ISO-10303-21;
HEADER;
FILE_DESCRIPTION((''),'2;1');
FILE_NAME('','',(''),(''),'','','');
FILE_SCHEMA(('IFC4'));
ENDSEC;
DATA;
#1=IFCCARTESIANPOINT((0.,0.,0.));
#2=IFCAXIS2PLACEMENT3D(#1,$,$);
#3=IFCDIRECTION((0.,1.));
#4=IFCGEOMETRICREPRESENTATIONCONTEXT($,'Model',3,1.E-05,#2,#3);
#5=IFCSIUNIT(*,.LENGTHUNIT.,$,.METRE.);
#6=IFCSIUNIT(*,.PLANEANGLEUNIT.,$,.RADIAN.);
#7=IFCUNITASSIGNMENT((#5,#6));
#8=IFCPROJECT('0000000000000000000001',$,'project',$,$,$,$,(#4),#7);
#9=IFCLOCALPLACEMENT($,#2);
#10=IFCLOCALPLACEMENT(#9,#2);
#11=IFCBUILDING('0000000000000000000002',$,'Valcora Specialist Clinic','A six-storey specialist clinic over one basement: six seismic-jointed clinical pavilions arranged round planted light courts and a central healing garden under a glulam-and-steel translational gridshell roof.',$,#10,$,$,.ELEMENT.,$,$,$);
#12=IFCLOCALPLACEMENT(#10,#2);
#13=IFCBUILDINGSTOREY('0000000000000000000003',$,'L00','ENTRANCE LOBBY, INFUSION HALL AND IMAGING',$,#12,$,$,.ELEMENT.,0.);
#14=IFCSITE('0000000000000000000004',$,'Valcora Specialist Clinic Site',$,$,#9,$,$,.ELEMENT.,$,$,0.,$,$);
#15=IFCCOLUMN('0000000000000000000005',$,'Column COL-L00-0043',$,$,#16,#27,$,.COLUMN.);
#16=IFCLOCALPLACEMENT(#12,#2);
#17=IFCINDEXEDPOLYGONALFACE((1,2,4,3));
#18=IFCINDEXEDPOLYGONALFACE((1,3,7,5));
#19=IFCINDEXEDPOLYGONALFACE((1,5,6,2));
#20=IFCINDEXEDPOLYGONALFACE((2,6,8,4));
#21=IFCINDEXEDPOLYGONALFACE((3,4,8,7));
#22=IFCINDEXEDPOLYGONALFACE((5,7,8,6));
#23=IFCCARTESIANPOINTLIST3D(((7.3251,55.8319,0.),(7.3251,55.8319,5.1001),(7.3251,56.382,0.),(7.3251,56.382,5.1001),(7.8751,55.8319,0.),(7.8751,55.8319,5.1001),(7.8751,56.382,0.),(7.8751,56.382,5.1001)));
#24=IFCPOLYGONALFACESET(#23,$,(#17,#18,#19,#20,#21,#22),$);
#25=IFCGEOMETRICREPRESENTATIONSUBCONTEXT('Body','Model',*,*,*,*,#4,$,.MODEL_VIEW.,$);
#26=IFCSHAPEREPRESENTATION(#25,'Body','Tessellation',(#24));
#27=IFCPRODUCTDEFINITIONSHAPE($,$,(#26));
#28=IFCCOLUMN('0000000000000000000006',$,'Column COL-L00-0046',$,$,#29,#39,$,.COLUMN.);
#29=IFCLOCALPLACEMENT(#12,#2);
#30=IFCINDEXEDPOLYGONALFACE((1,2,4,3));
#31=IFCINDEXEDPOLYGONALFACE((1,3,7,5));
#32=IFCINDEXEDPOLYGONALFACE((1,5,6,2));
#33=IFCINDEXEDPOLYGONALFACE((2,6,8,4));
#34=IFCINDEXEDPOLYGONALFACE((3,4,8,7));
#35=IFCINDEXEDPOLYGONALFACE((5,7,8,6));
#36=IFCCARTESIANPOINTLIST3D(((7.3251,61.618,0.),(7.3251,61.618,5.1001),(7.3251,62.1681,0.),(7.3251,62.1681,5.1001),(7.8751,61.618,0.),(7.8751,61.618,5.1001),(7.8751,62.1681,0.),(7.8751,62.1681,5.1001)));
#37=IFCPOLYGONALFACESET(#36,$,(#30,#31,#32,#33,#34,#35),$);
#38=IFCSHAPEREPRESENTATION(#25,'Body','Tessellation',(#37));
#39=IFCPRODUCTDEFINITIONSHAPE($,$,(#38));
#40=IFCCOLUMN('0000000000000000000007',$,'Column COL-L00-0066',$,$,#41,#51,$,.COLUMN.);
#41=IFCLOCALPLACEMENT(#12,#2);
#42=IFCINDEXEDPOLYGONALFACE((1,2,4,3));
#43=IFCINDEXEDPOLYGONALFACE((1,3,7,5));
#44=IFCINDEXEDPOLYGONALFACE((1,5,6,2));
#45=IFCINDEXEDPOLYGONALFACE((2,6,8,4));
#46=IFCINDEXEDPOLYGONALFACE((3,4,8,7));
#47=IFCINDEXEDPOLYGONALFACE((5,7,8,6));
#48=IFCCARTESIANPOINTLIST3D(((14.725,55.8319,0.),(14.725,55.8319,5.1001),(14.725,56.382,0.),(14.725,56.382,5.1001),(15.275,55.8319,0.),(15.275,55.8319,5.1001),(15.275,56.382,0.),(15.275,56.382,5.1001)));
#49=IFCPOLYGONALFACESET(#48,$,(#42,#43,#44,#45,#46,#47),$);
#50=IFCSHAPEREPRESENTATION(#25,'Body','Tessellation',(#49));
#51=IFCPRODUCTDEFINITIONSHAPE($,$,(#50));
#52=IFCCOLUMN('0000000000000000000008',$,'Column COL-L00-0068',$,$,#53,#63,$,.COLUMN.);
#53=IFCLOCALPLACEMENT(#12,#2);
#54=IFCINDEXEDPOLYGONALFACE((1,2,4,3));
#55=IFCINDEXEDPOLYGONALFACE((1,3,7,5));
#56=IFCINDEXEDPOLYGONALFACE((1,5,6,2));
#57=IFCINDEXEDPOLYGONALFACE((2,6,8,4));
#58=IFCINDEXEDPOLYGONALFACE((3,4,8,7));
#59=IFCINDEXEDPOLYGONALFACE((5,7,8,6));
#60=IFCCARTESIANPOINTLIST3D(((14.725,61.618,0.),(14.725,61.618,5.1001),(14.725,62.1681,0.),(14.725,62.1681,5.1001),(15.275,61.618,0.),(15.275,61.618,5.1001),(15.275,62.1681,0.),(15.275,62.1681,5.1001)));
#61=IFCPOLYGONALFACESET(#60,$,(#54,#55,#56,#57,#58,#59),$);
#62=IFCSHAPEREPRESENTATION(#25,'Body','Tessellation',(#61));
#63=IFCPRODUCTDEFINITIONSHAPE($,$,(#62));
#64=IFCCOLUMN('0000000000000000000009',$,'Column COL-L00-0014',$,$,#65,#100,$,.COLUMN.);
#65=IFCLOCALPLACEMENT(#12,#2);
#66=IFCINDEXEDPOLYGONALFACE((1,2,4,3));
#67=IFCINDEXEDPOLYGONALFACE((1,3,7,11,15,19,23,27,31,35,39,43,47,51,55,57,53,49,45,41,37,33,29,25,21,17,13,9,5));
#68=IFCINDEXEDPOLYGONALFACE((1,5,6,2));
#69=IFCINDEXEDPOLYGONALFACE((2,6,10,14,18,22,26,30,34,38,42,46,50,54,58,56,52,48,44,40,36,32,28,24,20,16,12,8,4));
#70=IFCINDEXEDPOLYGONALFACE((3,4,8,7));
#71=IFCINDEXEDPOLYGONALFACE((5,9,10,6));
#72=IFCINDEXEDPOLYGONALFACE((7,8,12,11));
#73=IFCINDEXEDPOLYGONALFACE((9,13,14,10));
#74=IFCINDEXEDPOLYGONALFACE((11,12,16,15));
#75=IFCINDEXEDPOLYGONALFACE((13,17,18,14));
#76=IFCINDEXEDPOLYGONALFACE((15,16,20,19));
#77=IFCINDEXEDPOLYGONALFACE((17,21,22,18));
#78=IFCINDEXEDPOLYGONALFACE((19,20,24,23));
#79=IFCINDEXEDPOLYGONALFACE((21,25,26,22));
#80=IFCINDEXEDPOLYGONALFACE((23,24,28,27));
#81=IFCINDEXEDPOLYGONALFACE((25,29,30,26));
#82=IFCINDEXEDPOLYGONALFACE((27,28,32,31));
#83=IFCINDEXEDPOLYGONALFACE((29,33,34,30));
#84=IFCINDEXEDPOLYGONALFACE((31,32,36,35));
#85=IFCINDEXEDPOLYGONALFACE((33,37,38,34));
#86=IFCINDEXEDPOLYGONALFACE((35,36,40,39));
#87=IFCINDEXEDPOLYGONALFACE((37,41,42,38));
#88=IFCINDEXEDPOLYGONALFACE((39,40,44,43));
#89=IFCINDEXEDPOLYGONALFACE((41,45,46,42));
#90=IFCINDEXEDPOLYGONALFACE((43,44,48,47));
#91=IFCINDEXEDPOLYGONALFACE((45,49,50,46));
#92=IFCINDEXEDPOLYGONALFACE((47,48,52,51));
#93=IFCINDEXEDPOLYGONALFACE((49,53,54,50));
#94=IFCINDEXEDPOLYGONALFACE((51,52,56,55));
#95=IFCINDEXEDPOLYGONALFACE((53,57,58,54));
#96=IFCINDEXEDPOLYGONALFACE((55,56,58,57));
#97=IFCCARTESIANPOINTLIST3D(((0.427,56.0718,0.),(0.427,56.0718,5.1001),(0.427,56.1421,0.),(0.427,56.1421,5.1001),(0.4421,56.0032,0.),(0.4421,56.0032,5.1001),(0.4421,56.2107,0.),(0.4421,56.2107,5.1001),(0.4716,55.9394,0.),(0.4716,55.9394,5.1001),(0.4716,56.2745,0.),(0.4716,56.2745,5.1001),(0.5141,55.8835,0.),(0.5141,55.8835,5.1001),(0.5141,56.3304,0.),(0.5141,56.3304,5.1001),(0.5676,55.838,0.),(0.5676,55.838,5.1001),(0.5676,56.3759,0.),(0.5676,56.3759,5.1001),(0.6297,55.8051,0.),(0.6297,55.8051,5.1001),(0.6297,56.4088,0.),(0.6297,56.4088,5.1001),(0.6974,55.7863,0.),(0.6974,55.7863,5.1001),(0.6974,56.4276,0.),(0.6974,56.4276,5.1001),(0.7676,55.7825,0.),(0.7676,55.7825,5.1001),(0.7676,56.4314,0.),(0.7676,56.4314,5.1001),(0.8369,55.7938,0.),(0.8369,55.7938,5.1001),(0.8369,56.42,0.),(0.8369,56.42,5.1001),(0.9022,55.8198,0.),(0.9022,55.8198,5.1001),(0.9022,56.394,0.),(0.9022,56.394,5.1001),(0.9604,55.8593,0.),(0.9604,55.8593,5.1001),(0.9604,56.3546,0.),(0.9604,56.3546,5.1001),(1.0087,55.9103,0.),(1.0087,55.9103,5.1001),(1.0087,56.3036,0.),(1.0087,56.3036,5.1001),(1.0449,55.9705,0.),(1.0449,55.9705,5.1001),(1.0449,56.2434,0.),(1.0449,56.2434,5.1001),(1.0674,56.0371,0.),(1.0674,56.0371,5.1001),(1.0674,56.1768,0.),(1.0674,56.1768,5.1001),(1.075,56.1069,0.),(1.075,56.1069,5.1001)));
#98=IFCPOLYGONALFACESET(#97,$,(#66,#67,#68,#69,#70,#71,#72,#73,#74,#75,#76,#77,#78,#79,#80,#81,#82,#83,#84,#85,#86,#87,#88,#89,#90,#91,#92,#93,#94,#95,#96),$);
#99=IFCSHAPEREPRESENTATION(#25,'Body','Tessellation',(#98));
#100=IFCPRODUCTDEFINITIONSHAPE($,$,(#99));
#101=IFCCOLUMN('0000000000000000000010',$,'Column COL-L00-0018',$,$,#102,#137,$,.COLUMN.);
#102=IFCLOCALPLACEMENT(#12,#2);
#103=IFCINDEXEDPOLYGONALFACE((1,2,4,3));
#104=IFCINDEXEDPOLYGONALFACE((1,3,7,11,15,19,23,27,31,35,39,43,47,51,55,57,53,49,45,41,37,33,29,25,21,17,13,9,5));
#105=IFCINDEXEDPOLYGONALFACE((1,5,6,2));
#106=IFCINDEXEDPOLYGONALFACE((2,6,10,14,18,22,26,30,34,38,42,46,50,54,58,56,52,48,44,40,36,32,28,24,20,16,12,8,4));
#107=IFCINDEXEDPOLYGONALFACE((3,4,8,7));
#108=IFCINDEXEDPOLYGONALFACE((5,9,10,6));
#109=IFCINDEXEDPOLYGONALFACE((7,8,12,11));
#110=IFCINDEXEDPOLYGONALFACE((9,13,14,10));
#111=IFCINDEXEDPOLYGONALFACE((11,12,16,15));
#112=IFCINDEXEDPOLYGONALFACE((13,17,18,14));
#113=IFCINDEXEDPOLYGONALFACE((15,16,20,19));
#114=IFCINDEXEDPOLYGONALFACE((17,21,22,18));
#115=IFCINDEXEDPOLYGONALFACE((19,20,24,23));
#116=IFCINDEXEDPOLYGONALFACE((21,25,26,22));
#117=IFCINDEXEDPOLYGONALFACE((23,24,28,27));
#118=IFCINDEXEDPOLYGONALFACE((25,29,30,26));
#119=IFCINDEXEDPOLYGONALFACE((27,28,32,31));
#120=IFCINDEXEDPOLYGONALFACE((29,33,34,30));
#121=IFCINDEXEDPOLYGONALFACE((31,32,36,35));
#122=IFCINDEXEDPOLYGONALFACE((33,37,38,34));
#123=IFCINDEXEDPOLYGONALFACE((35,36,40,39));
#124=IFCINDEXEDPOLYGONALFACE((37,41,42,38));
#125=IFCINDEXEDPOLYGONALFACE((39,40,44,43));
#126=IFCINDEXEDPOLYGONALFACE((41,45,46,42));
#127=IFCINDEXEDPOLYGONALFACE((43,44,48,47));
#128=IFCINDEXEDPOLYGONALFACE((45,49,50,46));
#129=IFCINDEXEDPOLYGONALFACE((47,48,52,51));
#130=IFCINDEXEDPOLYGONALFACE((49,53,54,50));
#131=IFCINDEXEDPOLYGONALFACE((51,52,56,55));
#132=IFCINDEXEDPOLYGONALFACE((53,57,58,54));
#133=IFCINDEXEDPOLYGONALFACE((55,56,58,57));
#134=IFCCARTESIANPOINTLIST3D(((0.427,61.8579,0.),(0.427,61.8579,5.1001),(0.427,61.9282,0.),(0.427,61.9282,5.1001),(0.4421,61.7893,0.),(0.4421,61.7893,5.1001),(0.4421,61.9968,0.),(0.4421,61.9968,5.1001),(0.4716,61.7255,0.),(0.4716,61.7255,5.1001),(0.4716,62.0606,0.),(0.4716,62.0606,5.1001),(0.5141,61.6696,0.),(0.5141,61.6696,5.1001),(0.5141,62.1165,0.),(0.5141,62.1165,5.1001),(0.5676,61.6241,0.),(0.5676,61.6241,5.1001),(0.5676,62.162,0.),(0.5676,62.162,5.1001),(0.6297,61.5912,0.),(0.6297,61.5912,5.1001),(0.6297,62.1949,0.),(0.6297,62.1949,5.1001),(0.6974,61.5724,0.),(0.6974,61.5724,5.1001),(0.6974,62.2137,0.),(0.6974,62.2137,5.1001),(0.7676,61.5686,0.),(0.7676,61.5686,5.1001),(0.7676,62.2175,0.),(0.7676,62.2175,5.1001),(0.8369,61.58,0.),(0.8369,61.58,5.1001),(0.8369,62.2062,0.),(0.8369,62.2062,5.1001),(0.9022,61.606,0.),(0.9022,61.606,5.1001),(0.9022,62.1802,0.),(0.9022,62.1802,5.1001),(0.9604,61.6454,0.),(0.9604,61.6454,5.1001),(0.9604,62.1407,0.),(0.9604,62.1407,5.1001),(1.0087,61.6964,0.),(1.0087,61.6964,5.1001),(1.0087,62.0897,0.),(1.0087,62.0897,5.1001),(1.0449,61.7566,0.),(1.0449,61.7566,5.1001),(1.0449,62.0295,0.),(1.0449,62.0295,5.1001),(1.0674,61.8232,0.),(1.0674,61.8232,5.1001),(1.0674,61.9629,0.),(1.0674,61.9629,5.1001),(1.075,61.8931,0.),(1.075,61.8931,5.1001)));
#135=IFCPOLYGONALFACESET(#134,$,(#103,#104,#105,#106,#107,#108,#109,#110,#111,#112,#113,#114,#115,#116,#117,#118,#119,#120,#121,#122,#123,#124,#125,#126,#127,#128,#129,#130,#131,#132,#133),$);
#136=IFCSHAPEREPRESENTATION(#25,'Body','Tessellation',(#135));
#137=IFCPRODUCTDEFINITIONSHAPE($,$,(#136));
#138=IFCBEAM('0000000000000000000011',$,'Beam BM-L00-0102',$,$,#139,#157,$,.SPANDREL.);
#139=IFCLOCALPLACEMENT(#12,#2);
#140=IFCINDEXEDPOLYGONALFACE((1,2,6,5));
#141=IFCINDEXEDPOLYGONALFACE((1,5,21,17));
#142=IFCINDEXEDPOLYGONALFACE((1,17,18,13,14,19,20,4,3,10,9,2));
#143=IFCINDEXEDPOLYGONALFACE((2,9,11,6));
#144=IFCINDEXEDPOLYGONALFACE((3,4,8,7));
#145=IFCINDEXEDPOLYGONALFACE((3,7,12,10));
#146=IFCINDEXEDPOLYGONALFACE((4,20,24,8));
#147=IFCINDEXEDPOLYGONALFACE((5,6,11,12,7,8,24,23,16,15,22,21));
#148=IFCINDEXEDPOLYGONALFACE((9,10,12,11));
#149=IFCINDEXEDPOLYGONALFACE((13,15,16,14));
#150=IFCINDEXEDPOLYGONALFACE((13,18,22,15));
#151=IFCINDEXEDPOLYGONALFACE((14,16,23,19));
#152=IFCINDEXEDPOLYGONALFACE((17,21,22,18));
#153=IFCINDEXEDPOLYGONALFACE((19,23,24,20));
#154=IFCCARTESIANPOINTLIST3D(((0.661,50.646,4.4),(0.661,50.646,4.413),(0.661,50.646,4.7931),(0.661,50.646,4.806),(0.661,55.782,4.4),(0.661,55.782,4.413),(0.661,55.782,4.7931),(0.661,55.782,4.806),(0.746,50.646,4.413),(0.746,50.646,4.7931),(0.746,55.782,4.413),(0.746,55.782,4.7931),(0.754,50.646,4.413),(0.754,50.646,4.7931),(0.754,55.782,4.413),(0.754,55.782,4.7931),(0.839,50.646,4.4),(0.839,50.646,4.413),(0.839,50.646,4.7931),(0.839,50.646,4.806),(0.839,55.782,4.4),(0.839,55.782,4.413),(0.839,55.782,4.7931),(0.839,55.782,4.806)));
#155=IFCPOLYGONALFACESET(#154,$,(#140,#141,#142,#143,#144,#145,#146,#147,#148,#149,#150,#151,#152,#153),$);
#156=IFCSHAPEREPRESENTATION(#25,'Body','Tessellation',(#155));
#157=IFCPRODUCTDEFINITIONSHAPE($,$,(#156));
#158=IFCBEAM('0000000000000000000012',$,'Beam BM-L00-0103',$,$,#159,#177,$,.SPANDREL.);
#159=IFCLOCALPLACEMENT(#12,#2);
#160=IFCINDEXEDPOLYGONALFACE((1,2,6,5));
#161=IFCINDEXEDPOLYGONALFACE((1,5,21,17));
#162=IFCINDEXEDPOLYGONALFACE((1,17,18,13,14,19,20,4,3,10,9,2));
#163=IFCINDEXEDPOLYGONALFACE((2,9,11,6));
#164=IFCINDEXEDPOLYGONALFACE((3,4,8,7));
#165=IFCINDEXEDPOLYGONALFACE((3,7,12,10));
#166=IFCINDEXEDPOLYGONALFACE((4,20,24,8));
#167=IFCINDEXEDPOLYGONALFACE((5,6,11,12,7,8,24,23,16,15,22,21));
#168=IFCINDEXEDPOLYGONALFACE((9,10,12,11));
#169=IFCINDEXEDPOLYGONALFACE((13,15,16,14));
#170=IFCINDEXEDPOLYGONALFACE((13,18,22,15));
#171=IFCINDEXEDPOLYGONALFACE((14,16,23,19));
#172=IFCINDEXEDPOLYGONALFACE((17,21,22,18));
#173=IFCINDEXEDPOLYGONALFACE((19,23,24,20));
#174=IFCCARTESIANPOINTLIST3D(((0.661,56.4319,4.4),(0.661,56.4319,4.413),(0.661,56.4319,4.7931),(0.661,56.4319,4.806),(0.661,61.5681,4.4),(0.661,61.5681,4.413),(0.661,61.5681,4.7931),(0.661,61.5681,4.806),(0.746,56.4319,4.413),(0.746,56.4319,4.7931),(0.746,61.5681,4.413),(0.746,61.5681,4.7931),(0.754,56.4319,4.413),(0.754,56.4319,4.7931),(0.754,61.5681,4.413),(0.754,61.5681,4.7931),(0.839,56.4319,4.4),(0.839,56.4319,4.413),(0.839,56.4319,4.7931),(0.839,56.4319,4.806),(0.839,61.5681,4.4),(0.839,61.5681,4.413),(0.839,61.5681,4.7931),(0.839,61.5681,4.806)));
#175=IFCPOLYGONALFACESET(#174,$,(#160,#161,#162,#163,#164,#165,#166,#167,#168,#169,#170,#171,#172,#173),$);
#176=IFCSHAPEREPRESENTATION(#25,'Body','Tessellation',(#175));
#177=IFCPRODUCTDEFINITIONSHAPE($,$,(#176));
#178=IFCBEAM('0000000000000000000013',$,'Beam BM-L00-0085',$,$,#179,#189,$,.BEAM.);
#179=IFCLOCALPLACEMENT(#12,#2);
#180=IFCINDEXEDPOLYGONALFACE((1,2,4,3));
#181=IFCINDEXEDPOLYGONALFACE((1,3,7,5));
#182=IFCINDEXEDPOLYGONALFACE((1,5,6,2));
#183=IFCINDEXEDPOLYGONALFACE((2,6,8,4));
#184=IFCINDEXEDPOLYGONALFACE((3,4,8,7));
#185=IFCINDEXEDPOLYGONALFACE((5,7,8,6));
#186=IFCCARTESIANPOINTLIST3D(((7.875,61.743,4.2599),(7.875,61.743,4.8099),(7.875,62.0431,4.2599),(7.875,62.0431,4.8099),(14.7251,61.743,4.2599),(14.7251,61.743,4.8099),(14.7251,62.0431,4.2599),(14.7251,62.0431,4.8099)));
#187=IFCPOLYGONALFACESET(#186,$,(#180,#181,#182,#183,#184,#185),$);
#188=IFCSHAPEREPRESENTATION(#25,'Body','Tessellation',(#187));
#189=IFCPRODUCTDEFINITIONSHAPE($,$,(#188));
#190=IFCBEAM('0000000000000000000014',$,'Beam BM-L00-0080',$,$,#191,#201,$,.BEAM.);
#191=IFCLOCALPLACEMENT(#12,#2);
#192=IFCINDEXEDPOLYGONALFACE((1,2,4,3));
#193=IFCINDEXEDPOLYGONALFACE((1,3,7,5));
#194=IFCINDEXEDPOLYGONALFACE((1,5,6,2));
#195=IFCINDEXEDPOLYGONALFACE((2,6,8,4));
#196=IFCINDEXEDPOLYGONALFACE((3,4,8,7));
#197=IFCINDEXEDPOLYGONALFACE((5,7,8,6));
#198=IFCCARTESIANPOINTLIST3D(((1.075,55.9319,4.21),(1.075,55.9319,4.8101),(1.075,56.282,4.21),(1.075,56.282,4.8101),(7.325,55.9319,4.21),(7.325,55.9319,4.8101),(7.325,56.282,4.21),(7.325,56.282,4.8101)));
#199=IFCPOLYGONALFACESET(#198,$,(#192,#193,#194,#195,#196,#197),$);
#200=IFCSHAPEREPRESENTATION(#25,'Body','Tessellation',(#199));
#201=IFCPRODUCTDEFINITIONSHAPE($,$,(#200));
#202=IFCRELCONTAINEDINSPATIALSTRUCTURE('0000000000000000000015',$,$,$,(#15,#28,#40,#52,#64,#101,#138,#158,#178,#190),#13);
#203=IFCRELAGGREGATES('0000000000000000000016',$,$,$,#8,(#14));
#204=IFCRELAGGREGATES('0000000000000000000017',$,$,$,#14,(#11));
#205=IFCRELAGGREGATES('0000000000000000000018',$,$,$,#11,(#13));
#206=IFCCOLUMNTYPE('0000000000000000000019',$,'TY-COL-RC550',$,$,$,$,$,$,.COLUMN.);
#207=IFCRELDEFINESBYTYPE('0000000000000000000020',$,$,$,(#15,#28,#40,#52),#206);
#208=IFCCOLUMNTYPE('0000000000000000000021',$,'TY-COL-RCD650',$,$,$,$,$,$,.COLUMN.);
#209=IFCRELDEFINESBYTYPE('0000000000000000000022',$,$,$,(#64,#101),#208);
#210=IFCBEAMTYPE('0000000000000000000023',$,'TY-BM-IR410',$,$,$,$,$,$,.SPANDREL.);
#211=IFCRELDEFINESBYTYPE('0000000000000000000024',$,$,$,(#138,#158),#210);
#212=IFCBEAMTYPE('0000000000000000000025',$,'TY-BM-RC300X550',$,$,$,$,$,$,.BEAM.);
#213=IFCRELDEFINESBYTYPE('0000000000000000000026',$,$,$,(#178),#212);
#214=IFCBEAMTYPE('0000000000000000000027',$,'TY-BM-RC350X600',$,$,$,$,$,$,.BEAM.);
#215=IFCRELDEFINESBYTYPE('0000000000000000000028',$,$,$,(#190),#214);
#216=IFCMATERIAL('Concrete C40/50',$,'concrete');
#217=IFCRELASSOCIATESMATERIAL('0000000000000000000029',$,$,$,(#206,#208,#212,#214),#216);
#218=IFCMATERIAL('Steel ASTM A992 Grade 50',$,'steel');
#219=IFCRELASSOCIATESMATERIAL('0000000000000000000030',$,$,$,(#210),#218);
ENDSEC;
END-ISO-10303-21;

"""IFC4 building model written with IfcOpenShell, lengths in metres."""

from ifc_helpers import new_model, si_unit, direction, frame, origin, origin_2d, place, context, subcontext, project, spatial, rectangle, circle, i_section, extrude, material, material_profile, profile_set, type_object, element, save


model = new_model("IFC4")

# Units and contexts
model_context = context("Model", 3, precision=1e-05, world=origin(), true_north=direction((0.0, 1.0)))
body_context = subcontext(model_context, "Body", "Model", "MODEL_VIEW")
ifc_project = project(units=[si_unit("LENGTHUNIT", "METRE"), si_unit("PLANEANGLEUNIT", "RADIAN")], contexts=[model_context])

# Site, building, storey
site_placement = place(None, origin())
site = spatial("IfcSite", under=ifc_project, at=site_placement, Name="Valcora Specialist Clinic Site", CompositionType="ELEMENT", RefElevation=0.0)
building_placement = place(site_placement, origin())
building = spatial("IfcBuilding", under=site, at=building_placement, Name="Valcora Specialist Clinic", Description="A six-storey specialist clinic over one basement: six seismic-jointed clinical pavilions arranged round planted light courts and a central healing garden under a glulam-and-steel translational gridshell roof.", CompositionType="ELEMENT")
storey_placement = place(building_placement, origin())
storey = spatial("IfcBuildingStorey", under=building, at=storey_placement, Name="L00", Description="ENTRANCE LOBBY, INFUSION HALL AND IMAGING", CompositionType="ELEMENT", Elevation=0.0)

# Columns
ifc_material_1 = material(Name="Concrete C40/50", Category="concrete")
ifc_material_profile_1 = material_profile(ifc_material_1, rectangle(XDim=0.55, YDim=0.55, at=origin_2d()), Name="RC-COL-550X550")
ifc_profile_set_1 = profile_set([ifc_material_profile_1], Name="Concrete C40/50")
column_type_1 = type_object("IfcColumnType", Name="TY-COL-RC550", PredefinedType="COLUMN", material=ifc_profile_set_1)
for number, where, z_axis, x_axis, name in (
    (1, (7.6001, 56.1069, 0.0), (0.0, 0.0, 1.0), (1.0, 0.0, 0.0), "Column COL-L00-0043"),
    (2, (7.6001, 61.8931, 0.0), (0.0, 0.0, 1.0), (1.0, 0.0, 0.0), "Column COL-L00-0046"),
    (3, (15.0, 56.1069, 0.0), (0.0, 0.0, 1.0), (1.0, 0.0, 0.0), "Column COL-L00-0066"),
    (4, (15.0, 61.8931, 0.0), (0.0, 0.0, 1.0), (1.0, 0.0, 0.0), "Column COL-L00-0068"),
):
    element("IfcColumn", number, at=place(storey_placement, frame(where, z_axis=z_axis, x_axis=x_axis)), inside=storey, type_object=column_type_1, Name=name, PredefinedType="COLUMN", context=body_context, shape_type="SweptSolid", body=[
        extrude(rectangle(XDim=0.55, YDim=0.55, at=origin_2d()), origin(), (0.0, 0.0, 1.0), 5.1001),
    ])
ifc_material_profile_2 = material_profile(ifc_material_1, circle(Radius=0.325, at=origin_2d()), Name="RC-COL-D650")
ifc_profile_set_2 = profile_set([ifc_material_profile_2], Name="Concrete C40/50")
column_type_2 = type_object("IfcColumnType", Name="TY-COL-RCD650", PredefinedType="COLUMN", material=ifc_profile_set_2)
for number, where, z_axis, x_axis, name in (
    (5, (0.75, 56.1069, 0.0), (0.0, 0.0, 1.0), (1.0, 0.0, 0.0), "Column COL-L00-0014"),
    (6, (0.75, 61.8931, 0.0), (0.0, 0.0, 1.0), (1.0, 0.0, 0.0), "Column COL-L00-0018"),
):
    element("IfcColumn", number, at=place(storey_placement, frame(where, z_axis=z_axis, x_axis=x_axis)), inside=storey, type_object=column_type_2, Name=name, PredefinedType="COLUMN", context=body_context, shape_type="SweptSolid", body=[
        extrude(circle(Radius=0.325, at=origin_2d()), origin(), (0.0, 0.0, 1.0), 5.1001),
    ])

# Beams
ifc_material_2 = material(Name="Steel ASTM A992 Grade 50", Category="steel")
ifc_material_profile_3 = material_profile(ifc_material_2, i_section(OverallWidth=0.178, OverallDepth=0.406, WebThickness=0.0081, FlangeThickness=0.0129, at=origin_2d()), Name="ST-IR-410X180")
ifc_profile_set_3 = profile_set([ifc_material_profile_3], Name="Steel ASTM A992 Grade 50")
beam_type_1 = type_object("IfcBeamType", Name="TY-BM-IR410", PredefinedType="SPANDREL", material=ifc_profile_set_3)
beam_1_placement = place(storey_placement, frame((0.75, 50.646, 4.603), z_axis=(0.0, 1.0, 0.0), x_axis=(-1.0, 0.0, 0.0)))
element("IfcBeam", 7, at=beam_1_placement, inside=storey, type_object=beam_type_1, Name="Beam BM-L00-0102", PredefinedType="SPANDREL", context=body_context, shape_type="SweptSolid", body=[
    extrude(i_section(OverallWidth=0.178, OverallDepth=0.406, WebThickness=0.0081, FlangeThickness=0.0129, at=origin_2d()), origin(), (0.0, 0.0, 1.0), 5.136),
])
beam_2_placement = place(storey_placement, frame((0.75, 56.4319, 4.603), z_axis=(0.0, 1.0, 0.0), x_axis=(-1.0, 0.0, 0.0)))
element("IfcBeam", 8, at=beam_2_placement, inside=storey, type_object=beam_type_1, Name="Beam BM-L00-0103", PredefinedType="SPANDREL", context=body_context, shape_type="SweptSolid", body=[
    extrude(i_section(OverallWidth=0.178, OverallDepth=0.406, WebThickness=0.0081, FlangeThickness=0.0129, at=origin_2d()), origin(), (0.0, 0.0, 1.0), 5.1362),
])
ifc_material_profile_4 = material_profile(ifc_material_1, rectangle(XDim=0.3, YDim=0.55, at=origin_2d()), Name="RC-BM-300X550")
ifc_profile_set_4 = profile_set([ifc_material_profile_4], Name="Concrete C40/50")
beam_type_2 = type_object("IfcBeamType", Name="TY-BM-RC300X550", PredefinedType="BEAM", material=ifc_profile_set_4)
beam_3_placement = place(storey_placement, frame((7.875, 61.8931, 4.5349), z_axis=(1.0, 0.0, 0.0), x_axis=(0.0, 1.0, 0.0)))
element("IfcBeam", 9, at=beam_3_placement, inside=storey, type_object=beam_type_2, Name="Beam BM-L00-0085", PredefinedType="BEAM", context=body_context, shape_type="SweptSolid", body=[
    extrude(rectangle(XDim=0.3, YDim=0.55, at=origin_2d()), origin(), (0.0, 0.0, 1.0), 6.8501),
])
ifc_material_profile_5 = material_profile(ifc_material_1, rectangle(XDim=0.3501, YDim=0.6001, at=origin_2d()), Name="RC-BM-350X600")
ifc_profile_set_5 = profile_set([ifc_material_profile_5], Name="Concrete C40/50")
beam_type_3 = type_object("IfcBeamType", Name="TY-BM-RC350X600", PredefinedType="BEAM", material=ifc_profile_set_5)
beam_4_placement = place(storey_placement, frame((1.075, 56.1069, 4.51), z_axis=(1.0, 0.0, 0.0), x_axis=(0.0, 1.0, 0.0)))
element("IfcBeam", 10, at=beam_4_placement, inside=storey, type_object=beam_type_3, Name="Beam BM-L00-0080", PredefinedType="BEAM", context=body_context, shape_type="SweptSolid", body=[
    extrude(rectangle(XDim=0.3501, YDim=0.6001, at=origin_2d()), origin(), (0.0, 0.0, 1.0), 6.25),
])

save(model, "model.ifc")
